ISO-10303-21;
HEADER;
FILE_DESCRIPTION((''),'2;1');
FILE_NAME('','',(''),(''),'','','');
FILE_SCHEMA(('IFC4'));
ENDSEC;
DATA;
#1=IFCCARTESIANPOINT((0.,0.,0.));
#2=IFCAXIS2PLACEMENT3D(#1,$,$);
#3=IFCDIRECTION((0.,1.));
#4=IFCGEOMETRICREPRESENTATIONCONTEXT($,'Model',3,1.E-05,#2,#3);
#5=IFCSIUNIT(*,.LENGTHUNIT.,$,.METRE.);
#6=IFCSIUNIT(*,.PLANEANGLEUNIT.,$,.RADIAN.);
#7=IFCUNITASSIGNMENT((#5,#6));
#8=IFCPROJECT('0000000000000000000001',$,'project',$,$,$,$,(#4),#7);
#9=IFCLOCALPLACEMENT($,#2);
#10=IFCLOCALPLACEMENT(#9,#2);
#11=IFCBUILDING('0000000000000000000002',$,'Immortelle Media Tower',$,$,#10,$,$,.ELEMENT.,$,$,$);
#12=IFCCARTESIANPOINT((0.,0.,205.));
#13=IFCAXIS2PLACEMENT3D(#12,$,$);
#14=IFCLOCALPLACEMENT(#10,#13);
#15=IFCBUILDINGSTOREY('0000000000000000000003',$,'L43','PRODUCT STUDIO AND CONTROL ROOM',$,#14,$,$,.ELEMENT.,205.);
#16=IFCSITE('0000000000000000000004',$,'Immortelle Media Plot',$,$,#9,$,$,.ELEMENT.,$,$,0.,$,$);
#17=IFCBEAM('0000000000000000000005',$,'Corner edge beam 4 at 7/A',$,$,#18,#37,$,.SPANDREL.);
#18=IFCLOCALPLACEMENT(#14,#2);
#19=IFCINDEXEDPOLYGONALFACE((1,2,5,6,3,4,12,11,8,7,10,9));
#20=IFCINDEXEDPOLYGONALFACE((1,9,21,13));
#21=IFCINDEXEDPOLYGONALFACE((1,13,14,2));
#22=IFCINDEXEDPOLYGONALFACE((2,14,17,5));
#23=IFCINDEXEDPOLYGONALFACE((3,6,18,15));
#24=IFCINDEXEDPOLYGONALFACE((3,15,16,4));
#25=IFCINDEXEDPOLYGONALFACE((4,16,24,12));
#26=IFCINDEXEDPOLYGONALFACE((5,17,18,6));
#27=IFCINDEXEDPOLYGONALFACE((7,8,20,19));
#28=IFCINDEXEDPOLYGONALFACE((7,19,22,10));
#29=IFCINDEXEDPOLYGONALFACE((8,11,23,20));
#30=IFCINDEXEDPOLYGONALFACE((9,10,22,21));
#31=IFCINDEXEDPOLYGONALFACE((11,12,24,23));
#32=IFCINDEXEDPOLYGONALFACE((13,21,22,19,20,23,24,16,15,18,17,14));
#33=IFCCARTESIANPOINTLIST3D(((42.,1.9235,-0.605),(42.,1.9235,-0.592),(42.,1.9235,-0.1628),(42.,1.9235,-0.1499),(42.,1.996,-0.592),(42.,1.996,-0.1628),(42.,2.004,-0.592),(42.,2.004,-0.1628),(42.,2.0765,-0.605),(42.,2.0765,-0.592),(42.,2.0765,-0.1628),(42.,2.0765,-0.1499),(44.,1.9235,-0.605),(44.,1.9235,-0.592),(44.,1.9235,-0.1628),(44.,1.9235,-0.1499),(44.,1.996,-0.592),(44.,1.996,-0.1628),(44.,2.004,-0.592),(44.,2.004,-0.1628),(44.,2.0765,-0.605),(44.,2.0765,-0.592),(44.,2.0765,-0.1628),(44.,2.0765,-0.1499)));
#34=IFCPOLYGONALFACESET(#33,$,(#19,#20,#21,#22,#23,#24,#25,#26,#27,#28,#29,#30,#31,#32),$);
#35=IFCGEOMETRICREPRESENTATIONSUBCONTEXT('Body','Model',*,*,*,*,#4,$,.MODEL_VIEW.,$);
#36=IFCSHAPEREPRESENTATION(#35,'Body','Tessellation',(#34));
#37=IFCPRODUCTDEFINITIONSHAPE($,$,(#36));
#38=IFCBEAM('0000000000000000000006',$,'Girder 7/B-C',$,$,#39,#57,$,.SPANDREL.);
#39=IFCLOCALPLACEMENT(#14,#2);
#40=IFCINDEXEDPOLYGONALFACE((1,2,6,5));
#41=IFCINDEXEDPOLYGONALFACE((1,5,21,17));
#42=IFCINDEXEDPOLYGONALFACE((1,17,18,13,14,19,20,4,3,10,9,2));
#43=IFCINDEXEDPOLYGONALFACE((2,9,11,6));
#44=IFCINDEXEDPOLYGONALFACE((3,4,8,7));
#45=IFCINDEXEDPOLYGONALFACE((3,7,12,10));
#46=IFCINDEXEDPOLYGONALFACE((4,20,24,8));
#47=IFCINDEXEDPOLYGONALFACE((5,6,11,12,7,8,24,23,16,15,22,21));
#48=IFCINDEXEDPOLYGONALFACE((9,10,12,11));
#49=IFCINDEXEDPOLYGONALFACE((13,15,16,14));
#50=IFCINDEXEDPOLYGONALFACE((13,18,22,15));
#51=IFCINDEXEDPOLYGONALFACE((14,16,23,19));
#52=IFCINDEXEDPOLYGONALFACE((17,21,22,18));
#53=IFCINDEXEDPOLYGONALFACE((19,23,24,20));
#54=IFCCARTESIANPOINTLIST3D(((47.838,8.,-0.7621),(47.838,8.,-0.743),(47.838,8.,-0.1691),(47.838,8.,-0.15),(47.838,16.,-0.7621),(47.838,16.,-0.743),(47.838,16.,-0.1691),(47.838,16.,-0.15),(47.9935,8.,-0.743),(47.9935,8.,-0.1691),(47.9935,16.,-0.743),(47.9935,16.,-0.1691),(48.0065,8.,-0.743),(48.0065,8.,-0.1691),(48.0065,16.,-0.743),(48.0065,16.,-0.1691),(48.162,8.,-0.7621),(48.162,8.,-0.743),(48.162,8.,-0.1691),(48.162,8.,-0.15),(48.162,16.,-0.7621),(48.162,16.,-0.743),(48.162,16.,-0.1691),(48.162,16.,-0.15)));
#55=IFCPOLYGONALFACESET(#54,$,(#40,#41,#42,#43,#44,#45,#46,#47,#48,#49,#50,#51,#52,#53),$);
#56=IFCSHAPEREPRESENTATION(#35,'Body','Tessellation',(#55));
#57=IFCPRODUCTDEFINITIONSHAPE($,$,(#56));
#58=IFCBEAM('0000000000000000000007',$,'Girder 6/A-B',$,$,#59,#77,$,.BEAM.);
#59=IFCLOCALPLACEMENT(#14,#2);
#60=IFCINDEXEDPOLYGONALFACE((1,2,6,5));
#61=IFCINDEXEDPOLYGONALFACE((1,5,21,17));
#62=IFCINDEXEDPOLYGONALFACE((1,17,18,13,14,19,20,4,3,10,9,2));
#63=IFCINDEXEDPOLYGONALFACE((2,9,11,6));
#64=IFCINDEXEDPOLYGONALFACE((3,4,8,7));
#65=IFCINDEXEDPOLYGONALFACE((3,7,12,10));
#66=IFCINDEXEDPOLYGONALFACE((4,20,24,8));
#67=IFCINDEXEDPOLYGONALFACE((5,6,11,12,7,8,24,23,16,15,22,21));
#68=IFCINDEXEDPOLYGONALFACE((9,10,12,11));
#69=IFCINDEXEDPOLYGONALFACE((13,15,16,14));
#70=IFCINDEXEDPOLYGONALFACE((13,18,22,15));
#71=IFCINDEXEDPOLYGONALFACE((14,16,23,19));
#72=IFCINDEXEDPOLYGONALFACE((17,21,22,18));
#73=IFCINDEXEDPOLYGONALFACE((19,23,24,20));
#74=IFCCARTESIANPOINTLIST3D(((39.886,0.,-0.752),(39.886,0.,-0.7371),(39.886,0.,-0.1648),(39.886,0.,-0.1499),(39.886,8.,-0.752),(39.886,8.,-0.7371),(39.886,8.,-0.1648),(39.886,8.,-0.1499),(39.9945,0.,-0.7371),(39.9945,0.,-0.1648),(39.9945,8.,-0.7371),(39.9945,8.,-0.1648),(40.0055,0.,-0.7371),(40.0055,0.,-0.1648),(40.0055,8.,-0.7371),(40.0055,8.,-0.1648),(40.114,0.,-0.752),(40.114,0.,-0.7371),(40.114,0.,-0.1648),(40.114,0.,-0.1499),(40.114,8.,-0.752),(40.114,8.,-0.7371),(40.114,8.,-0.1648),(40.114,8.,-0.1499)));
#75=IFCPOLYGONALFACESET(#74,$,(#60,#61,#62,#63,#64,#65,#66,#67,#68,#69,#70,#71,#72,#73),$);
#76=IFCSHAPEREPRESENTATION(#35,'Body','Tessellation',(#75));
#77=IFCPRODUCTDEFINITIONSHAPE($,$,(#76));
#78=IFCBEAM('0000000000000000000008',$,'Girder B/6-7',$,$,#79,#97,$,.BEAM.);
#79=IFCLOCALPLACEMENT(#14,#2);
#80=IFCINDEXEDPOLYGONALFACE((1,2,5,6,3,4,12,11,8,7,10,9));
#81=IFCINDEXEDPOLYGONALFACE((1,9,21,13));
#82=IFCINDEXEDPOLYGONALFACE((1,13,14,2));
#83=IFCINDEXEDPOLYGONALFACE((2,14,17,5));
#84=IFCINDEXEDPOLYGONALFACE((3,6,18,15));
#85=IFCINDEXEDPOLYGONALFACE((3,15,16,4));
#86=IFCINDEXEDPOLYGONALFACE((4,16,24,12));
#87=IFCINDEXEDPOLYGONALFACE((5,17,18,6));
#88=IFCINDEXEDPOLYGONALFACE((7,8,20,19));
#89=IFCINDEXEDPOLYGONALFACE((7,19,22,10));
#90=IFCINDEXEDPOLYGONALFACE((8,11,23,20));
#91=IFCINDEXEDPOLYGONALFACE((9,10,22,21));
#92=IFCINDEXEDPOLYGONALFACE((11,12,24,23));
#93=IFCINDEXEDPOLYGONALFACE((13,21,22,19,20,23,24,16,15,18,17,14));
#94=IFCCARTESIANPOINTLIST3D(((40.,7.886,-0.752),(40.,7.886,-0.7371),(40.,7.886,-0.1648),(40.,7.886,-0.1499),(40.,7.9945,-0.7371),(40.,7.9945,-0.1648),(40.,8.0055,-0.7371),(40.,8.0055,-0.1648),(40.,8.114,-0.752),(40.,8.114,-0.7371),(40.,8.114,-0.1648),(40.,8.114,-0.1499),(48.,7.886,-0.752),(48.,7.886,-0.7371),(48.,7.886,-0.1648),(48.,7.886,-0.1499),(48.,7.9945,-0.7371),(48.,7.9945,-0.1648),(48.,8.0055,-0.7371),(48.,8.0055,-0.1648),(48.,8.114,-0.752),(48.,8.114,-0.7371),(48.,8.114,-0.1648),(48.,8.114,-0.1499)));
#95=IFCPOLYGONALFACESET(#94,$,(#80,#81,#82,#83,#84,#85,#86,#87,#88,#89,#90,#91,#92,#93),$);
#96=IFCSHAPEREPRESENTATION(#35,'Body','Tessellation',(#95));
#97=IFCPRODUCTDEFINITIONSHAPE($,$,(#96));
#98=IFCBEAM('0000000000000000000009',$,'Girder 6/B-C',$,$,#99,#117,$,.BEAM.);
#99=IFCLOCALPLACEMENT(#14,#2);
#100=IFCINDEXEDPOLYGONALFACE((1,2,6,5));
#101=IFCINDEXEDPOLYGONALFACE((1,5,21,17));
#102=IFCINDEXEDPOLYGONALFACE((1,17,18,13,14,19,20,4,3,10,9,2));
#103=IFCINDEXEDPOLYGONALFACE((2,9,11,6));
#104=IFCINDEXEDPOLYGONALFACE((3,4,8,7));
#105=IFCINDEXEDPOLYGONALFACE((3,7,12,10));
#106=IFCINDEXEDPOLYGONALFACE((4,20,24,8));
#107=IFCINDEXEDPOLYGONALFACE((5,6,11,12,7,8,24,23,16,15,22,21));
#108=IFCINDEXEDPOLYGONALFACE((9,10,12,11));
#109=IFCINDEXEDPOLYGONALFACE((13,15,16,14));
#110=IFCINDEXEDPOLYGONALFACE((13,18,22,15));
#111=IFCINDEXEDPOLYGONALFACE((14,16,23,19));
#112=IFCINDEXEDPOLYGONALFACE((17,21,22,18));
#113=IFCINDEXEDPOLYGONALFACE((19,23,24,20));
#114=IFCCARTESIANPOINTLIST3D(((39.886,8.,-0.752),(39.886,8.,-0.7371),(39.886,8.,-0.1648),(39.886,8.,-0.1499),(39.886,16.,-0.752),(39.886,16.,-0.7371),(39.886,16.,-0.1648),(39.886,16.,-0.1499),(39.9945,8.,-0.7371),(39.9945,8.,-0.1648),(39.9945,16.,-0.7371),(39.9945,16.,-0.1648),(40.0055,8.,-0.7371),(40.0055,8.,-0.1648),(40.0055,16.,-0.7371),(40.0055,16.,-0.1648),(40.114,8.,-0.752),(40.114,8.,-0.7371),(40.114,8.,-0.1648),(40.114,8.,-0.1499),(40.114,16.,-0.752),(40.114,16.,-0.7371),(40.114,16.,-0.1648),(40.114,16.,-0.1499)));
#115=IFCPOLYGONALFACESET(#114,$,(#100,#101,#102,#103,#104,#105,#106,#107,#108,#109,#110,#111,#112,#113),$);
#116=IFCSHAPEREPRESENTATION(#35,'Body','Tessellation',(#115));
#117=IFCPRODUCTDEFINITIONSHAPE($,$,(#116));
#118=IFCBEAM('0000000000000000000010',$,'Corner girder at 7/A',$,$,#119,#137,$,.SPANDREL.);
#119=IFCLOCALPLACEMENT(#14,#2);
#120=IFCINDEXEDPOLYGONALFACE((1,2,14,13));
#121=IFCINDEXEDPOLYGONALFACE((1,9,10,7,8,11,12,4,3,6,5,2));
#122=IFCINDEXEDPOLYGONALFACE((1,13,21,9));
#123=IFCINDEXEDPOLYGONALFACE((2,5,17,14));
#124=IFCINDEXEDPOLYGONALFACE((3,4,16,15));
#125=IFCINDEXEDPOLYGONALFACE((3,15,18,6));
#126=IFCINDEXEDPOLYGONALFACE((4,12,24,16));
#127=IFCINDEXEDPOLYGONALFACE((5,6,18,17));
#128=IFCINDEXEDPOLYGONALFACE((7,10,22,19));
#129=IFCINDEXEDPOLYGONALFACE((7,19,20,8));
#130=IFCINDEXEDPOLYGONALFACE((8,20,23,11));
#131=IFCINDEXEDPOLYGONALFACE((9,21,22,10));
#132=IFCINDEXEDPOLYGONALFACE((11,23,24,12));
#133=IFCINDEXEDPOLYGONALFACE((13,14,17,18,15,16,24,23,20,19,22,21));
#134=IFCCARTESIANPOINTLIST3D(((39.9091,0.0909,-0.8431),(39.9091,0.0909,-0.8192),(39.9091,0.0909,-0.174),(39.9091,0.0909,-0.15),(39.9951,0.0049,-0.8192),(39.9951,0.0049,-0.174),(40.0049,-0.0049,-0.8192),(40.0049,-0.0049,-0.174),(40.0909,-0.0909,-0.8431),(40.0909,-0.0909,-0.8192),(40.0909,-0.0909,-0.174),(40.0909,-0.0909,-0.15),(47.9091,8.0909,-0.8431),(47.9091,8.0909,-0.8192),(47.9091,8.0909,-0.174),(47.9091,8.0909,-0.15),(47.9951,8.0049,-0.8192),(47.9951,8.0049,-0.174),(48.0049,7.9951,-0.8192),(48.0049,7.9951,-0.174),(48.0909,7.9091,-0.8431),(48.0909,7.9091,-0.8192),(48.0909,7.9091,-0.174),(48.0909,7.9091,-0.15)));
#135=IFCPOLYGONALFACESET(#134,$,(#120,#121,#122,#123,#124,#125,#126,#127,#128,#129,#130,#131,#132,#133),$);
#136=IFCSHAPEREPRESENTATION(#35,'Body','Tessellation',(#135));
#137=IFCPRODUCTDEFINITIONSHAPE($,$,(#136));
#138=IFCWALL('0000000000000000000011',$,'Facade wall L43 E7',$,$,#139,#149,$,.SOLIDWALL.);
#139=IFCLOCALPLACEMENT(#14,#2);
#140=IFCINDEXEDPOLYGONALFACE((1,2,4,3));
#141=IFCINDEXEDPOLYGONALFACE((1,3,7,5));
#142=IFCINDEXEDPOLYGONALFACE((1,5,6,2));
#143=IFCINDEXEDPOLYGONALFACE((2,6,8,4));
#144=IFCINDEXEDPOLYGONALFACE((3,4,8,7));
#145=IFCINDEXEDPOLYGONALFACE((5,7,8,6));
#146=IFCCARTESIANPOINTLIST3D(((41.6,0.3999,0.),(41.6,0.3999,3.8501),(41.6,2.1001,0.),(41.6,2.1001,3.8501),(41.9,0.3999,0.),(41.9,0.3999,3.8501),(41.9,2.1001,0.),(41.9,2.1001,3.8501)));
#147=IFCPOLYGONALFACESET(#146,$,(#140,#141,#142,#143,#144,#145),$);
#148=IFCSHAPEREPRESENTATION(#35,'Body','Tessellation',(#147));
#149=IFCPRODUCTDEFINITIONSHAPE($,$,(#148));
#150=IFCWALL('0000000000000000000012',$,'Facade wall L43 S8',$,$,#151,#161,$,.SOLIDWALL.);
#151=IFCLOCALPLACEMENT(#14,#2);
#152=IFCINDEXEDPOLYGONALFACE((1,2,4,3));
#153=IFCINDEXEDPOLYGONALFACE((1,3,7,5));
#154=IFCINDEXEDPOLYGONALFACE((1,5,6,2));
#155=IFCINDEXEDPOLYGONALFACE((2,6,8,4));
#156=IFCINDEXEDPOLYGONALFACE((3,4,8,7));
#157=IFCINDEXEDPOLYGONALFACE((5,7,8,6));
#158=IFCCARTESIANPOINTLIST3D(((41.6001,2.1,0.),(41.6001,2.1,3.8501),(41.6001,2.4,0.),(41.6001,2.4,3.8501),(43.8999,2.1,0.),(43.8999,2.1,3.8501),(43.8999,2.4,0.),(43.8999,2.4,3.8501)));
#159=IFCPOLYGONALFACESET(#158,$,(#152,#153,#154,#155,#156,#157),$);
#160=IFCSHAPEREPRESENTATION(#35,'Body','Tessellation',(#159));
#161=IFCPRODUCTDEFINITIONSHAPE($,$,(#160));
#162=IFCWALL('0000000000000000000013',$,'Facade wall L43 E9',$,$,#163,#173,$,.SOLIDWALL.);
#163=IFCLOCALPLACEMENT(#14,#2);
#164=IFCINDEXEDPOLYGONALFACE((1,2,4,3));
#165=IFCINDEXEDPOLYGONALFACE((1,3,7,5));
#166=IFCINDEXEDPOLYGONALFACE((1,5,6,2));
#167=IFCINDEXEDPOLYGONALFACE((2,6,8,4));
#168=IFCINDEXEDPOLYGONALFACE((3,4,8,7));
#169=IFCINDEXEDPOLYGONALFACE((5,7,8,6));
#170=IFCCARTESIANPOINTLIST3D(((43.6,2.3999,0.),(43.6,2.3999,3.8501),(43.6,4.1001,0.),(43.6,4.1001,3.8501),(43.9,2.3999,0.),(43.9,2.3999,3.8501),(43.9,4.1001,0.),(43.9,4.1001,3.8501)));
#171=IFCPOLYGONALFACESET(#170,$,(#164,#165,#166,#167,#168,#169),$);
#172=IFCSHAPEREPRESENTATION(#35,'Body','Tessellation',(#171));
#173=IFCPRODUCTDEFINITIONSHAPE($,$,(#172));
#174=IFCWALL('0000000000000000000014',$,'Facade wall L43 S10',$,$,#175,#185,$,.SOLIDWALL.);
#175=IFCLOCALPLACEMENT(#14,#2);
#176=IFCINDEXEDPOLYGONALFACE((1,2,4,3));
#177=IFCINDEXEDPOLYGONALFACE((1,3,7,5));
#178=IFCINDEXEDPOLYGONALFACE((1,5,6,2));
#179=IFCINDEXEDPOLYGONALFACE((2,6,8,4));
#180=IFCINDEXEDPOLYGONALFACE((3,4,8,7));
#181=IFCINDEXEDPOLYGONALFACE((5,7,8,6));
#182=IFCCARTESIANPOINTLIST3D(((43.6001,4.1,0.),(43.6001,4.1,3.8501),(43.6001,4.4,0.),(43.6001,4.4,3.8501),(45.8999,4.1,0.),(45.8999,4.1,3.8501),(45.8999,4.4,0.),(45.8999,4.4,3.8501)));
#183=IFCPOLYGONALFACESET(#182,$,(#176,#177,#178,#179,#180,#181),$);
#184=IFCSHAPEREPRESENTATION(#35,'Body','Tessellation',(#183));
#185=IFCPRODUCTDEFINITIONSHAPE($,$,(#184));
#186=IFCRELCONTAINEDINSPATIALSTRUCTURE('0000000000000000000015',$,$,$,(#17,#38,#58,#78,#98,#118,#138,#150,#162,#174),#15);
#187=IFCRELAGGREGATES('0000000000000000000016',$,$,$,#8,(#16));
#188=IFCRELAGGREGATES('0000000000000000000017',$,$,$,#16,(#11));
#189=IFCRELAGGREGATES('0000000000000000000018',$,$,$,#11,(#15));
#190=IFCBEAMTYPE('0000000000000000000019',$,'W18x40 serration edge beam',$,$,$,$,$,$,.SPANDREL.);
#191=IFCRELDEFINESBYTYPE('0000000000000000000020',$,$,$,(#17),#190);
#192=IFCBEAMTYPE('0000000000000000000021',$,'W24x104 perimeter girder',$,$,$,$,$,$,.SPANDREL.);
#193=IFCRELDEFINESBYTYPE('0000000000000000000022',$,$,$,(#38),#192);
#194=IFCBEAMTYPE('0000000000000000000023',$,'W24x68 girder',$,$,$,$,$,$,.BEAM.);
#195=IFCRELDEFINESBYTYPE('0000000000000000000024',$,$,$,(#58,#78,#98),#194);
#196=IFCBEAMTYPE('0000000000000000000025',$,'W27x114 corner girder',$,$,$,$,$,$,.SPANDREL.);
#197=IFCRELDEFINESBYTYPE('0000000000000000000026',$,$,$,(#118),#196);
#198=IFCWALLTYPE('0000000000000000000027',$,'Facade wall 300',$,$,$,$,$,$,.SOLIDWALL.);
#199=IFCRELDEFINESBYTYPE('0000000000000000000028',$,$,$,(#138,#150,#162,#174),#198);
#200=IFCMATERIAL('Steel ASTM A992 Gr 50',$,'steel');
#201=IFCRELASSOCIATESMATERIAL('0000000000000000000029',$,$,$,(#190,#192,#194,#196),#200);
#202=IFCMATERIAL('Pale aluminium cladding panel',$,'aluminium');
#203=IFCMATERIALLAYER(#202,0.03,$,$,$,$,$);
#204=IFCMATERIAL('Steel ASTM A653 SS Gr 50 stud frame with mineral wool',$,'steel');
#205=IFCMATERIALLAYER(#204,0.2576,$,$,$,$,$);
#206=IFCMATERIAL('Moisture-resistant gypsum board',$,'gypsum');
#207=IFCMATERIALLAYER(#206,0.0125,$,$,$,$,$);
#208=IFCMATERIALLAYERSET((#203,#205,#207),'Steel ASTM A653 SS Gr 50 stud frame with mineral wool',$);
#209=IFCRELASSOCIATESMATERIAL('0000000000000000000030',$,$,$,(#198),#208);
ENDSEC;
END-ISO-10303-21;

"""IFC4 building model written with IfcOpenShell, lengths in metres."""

from ifc_helpers import new_model, si_unit, direction, frame, frame_2d, origin, origin_2d, place, context, subcontext, project, spatial, rectangle, i_section, extrude, material, layer, layer_set, material_profile, profile_set, type_object, element, save


model = new_model("IFC4")

# Units and contexts
model_context = context("Model", 3, precision=1e-05, world=origin(), true_north=direction((0.0, 1.0)))
body_context = subcontext(model_context, "Body", "Model", "MODEL_VIEW")
ifc_project = project(units=[si_unit("LENGTHUNIT", "METRE"), si_unit("PLANEANGLEUNIT", "RADIAN")], contexts=[model_context])

# Site, building, storey
site_placement = place(None, origin())
site = spatial("IfcSite", under=ifc_project, at=site_placement, Name="Immortelle Media Plot", CompositionType="ELEMENT", RefElevation=0.0)
building_placement = place(site_placement, origin())
building = spatial("IfcBuilding", under=site, at=building_placement, Name="Immortelle Media Tower", CompositionType="ELEMENT")
storey_placement = place(building_placement, frame((0.0, 0.0, 205.0)))
storey = spatial("IfcBuildingStorey", under=building, at=storey_placement, Name="L43", Description="PRODUCT STUDIO AND CONTROL ROOM", CompositionType="ELEMENT", Elevation=205.0)

# Shared definitions
ifc_material_1 = material(Name="Steel ASTM A992 Gr 50", Category="steel")

# Beams
ifc_material_profile_1 = material_profile(ifc_material_1, i_section(OverallWidth=0.1531, OverallDepth=0.4551, WebThickness=0.0081, FlangeThickness=0.0129, at=origin_2d()), Name="W18x40")
ifc_profile_set_1 = profile_set([ifc_material_profile_1], Name="Steel ASTM A992 Gr 50")
beam_type_1 = type_object("IfcBeamType", Name="W18x40 serration edge beam", PredefinedType="SPANDREL", material=ifc_profile_set_1)
for number, where, z_axis, x_axis, name in (
    (1, (44.0, 2.0, -0.3774), (-1.0, 0.0, 0.0), (0.0, -1.0, 0.0), "Corner edge beam 4 at 7/A"),
):
    element("IfcBeam", number, at=place(storey_placement, frame(where, z_axis=z_axis, x_axis=x_axis)), inside=storey, type_object=beam_type_1, Name=name, PredefinedType="SPANDREL", context=body_context, shape_type="SweptSolid", body=[
        extrude(i_section(OverallWidth=0.1531, OverallDepth=0.4551, WebThickness=0.0081, FlangeThickness=0.0129, at=origin_2d()), origin(), (0.0, 0.0, 1.0), 2.0),
    ])
ifc_material_profile_2 = material_profile(ifc_material_1, i_section(OverallWidth=0.324, OverallDepth=0.6121, WebThickness=0.0129, FlangeThickness=0.019, at=origin_2d()), Name="W24x104")
ifc_profile_set_2 = profile_set([ifc_material_profile_2], Name="Steel ASTM A992 Gr 50")
beam_type_2 = type_object("IfcBeamType", Name="W24x104 perimeter girder", PredefinedType="SPANDREL", material=ifc_profile_set_2)
beam_1_placement = place(storey_placement, frame((48.0, 8.0, -0.4561), z_axis=(0.0, 1.0, 0.0), x_axis=(-1.0, 0.0, 0.0)))
element("IfcBeam", 2, at=beam_1_placement, inside=storey, type_object=beam_type_2, Name="Girder 7/B-C", PredefinedType="SPANDREL", context=body_context, shape_type="SweptSolid", body=[
    extrude(i_section(OverallWidth=0.324, OverallDepth=0.6121, WebThickness=0.0129, FlangeThickness=0.019, at=origin_2d()), origin(), (0.0, 0.0, 1.0), 8.0),
])
ifc_material_profile_3 = material_profile(ifc_material_1, i_section(OverallWidth=0.228, OverallDepth=0.6021, WebThickness=0.011, FlangeThickness=0.0149, at=origin_2d()), Name="W24x68")
ifc_profile_set_3 = profile_set([ifc_material_profile_3], Name="Steel ASTM A992 Gr 50")
beam_type_3 = type_object("IfcBeamType", Name="W24x68 girder", PredefinedType="BEAM", material=ifc_profile_set_3)
for number, where, z_axis, x_axis, name in (
    (3, (40.0, 0.0, -0.4509), (0.0, 1.0, 0.0), (-1.0, 0.0, 0.0), "Girder 6/A-B"),
    (4, (40.0, 8.0, -0.4509), (1.0, 0.0, 0.0), (0.0, 1.0, 0.0), "Girder B/6-7"),
    (5, (40.0, 8.0, -0.4509), (0.0, 1.0, 0.0), (-1.0, 0.0, 0.0), "Girder 6/B-C"),
):
    element("IfcBeam", number, at=place(storey_placement, frame(where, z_axis=z_axis, x_axis=x_axis)), inside=storey, type_object=beam_type_3, Name=name, PredefinedType="BEAM", context=body_context, shape_type="SweptSolid", body=[
        extrude(i_section(OverallWidth=0.228, OverallDepth=0.6021, WebThickness=0.011, FlangeThickness=0.0149, at=origin_2d()), origin(), (0.0, 0.0, 1.0), 8.0),
    ])
ifc_material_profile_4 = material_profile(ifc_material_1, i_section(OverallWidth=0.2571, OverallDepth=0.6931, WebThickness=0.0139, FlangeThickness=0.0239, at=origin_2d()), Name="W27x114")
ifc_profile_set_4 = profile_set([ifc_material_profile_4], Name="Steel ASTM A992 Gr 50")
beam_type_4 = type_object("IfcBeamType", Name="W27x114 corner girder", PredefinedType="SPANDREL", material=ifc_profile_set_4)
beam_2_placement = place(storey_placement, frame((48.0, 8.0, -0.4966), z_axis=(-0.707107, -0.707107, 0.0), x_axis=(0.707107, -0.707107, 0.0)))
element("IfcBeam", 6, at=beam_2_placement, inside=storey, type_object=beam_type_4, Name="Corner girder at 7/A", PredefinedType="SPANDREL", context=body_context, shape_type="SweptSolid", body=[
    extrude(i_section(OverallWidth=0.2571, OverallDepth=0.6931, WebThickness=0.0139, FlangeThickness=0.0239, at=origin_2d()), origin(), (0.0, 0.0, 1.0), 11.3137),
])

# Walls
ifc_material_2 = material(Name="Pale aluminium cladding panel", Category="aluminium")
ifc_layer_1 = layer(ifc_material_2, 0.03)
ifc_material_3 = material(Name="Steel ASTM A653 SS Gr 50 stud frame with mineral wool", Category="steel")
ifc_layer_2 = layer(ifc_material_3, 0.2576)
ifc_material_4 = material(Name="Moisture-resistant gypsum board", Category="gypsum")
ifc_layer_3 = layer(ifc_material_4, 0.0125)
ifc_layer_set_1 = layer_set([ifc_layer_1, ifc_layer_2, ifc_layer_3], Name="Steel ASTM A653 SS Gr 50 stud frame with mineral wool")
wall_type_1 = type_object("IfcWallType", Name="Facade wall 300", PredefinedType="SOLIDWALL", material=ifc_layer_set_1)
wall_1_placement = place(storey_placement, frame((41.75, 0.3999, 0.0), z_axis=(0.0, 0.0, 1.0), x_axis=(0.0, 1.0, 0.0)))
element("IfcWall", 7, at=wall_1_placement, inside=storey, type_object=wall_type_1, Name="Facade wall L43 E7", PredefinedType="SOLIDWALL", context=body_context, shape_type="SweptSolid", body=[
    extrude(rectangle(XDim=1.7002, YDim=0.3, at=frame_2d((0.8501, 0.0))), origin(), (0.0, 0.0, 1.0), 3.8501),
])
wall_2_placement = place(storey_placement, frame((41.6001, 2.25, 0.0), z_axis=(0.0, 0.0, 1.0), x_axis=(1.0, 0.0, 0.0)))
element("IfcWall", 8, at=wall_2_placement, inside=storey, type_object=wall_type_1, Name="Facade wall L43 S8", PredefinedType="SOLIDWALL", context=body_context, shape_type="SweptSolid", body=[
    extrude(rectangle(XDim=2.2998, YDim=0.3, at=frame_2d((1.1499, 0.0))), origin(), (0.0, 0.0, 1.0), 3.8501),
])
wall_3_placement = place(storey_placement, frame((43.75, 2.3999, 0.0), z_axis=(0.0, 0.0, 1.0), x_axis=(0.0, 1.0, 0.0)))
element("IfcWall", 9, at=wall_3_placement, inside=storey, type_object=wall_type_1, Name="Facade wall L43 E9", PredefinedType="SOLIDWALL", context=body_context, shape_type="SweptSolid", body=[
    extrude(rectangle(XDim=1.7002, YDim=0.3, at=frame_2d((0.8501, 0.0))), origin(), (0.0, 0.0, 1.0), 3.8501),
])
wall_4_placement = place(storey_placement, frame((43.6001, 4.25, 0.0), z_axis=(0.0, 0.0, 1.0), x_axis=(1.0, 0.0, 0.0)))
element("IfcWall", 10, at=wall_4_placement, inside=storey, type_object=wall_type_1, Name="Facade wall L43 S10", PredefinedType="SOLIDWALL", context=body_context, shape_type="SweptSolid", body=[
    extrude(rectangle(XDim=2.2998, YDim=0.3, at=frame_2d((1.1499, 0.0))), origin(), (0.0, 0.0, 1.0), 3.8501),
])

save(model, "model.ifc")
